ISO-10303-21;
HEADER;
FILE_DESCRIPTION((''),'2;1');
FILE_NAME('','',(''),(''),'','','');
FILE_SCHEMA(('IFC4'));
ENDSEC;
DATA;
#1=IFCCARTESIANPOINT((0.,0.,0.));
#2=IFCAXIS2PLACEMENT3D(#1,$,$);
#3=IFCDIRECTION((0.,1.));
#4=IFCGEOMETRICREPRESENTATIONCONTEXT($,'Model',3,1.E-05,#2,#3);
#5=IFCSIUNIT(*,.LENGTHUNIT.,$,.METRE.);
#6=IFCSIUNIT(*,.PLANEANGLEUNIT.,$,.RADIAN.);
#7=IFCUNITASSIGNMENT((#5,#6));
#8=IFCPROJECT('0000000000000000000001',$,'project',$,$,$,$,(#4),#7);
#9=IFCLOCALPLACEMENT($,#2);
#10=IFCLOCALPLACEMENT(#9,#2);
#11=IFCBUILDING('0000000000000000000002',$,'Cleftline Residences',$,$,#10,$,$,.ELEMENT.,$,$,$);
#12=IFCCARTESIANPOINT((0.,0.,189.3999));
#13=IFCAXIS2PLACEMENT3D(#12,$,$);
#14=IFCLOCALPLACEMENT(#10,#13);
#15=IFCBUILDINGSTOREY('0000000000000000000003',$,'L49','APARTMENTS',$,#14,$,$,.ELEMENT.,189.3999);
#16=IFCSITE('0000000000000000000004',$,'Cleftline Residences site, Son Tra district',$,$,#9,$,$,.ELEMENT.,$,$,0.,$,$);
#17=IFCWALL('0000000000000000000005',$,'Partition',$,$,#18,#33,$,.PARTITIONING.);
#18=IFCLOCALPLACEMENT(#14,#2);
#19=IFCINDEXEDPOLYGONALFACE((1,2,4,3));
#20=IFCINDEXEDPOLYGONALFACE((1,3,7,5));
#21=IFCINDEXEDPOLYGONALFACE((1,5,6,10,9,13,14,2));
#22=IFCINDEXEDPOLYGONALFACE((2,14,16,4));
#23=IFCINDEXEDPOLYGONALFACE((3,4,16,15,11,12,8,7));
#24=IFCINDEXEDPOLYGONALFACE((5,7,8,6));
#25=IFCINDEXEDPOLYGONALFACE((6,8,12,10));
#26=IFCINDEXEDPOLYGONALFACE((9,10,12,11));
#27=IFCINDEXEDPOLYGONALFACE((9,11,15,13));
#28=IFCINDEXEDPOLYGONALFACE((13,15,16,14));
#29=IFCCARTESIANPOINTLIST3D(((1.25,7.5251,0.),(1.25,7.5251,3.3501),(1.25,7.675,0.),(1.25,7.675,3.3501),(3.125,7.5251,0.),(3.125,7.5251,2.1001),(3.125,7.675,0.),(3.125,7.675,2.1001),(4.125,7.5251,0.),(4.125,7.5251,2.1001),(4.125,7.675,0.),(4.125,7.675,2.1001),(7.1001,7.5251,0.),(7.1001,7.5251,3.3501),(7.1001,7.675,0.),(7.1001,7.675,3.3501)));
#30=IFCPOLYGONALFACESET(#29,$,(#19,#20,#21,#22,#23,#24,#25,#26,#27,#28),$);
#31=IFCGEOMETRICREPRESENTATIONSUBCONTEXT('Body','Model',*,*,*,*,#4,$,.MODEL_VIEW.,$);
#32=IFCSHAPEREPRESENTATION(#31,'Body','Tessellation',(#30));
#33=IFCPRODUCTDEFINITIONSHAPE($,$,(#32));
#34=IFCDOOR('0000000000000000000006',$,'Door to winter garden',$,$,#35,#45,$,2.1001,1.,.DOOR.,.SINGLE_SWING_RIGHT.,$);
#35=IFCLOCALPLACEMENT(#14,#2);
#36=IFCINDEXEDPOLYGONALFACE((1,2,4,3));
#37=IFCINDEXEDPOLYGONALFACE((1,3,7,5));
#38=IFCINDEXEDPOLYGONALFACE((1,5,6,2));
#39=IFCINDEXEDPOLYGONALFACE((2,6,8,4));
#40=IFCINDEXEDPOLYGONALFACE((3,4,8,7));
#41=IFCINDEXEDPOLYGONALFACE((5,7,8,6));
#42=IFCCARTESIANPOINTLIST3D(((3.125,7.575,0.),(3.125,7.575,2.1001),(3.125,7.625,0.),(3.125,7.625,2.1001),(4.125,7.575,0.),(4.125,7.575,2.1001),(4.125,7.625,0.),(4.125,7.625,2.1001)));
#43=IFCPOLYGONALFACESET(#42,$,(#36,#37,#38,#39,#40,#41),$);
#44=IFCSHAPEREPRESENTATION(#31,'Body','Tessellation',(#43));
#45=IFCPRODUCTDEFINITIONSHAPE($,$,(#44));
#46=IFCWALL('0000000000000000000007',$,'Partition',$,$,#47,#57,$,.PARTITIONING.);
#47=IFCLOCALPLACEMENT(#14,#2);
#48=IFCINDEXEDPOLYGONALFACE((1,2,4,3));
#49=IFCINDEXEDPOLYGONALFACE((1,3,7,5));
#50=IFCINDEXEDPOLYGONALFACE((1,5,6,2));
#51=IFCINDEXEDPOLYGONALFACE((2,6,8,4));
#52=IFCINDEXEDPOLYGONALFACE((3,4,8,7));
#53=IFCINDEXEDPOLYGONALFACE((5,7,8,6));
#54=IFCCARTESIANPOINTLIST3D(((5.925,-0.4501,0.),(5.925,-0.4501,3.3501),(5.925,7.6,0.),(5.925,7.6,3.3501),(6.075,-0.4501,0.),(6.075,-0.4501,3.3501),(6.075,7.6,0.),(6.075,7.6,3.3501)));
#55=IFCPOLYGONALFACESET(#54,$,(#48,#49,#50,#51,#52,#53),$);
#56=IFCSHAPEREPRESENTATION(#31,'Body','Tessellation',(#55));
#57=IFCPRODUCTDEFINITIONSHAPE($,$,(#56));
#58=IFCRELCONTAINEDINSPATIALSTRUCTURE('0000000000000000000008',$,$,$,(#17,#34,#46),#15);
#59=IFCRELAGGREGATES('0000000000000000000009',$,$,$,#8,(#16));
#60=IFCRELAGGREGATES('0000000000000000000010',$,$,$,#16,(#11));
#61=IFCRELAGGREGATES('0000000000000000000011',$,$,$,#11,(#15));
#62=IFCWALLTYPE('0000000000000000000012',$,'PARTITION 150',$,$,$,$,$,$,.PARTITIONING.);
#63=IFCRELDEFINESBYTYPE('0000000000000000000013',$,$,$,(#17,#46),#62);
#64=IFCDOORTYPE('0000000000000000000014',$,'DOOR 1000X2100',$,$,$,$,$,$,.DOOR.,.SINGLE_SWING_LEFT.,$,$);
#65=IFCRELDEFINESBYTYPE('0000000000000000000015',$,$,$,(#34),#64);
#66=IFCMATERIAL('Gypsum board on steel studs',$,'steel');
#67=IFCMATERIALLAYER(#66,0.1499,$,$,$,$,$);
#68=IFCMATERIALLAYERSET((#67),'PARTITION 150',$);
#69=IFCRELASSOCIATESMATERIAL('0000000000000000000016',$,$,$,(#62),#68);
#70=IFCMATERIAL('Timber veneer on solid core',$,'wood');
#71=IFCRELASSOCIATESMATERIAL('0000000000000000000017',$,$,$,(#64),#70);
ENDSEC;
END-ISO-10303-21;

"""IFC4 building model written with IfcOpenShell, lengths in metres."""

from ifc_helpers import new_model, si_unit, direction, frame, frame_2d, origin, place, context, subcontext, project, spatial, rectangle, extrude, material, layer, layer_set, type_object, element, fill, save


model = new_model("IFC4")

# Units and contexts
model_context = context("Model", 3, precision=1e-05, world=origin(), true_north=direction((0.0, 1.0)))
body_context = subcontext(model_context, "Body", "Model", "MODEL_VIEW")
ifc_project = project(units=[si_unit("LENGTHUNIT", "METRE"), si_unit("PLANEANGLEUNIT", "RADIAN")], contexts=[model_context])

# Site, building, storey
site_placement = place(None, origin())
site = spatial("IfcSite", under=ifc_project, at=site_placement, Name="Cleftline Residences site, Son Tra district", CompositionType="ELEMENT", RefElevation=0.0)
building_placement = place(site_placement, origin())
building = spatial("IfcBuilding", under=site, at=building_placement, Name="Cleftline Residences", CompositionType="ELEMENT")
storey_placement = place(building_placement, frame((0.0, 0.0, 189.3999)))
storey = spatial("IfcBuildingStorey", under=building, at=storey_placement, Name="L49", Description="APARTMENTS", CompositionType="ELEMENT", Elevation=189.3999)

# Wall, opening, door
ifc_material_1 = material(Name="Gypsum board on steel studs", Category="steel")
ifc_layer_1 = layer(ifc_material_1, 0.1499)
ifc_layer_set_1 = layer_set([ifc_layer_1], Name="PARTITION 150")
wall_type_1 = type_object("IfcWallType", Name="PARTITION 150", PredefinedType="PARTITIONING", material=ifc_layer_set_1)
wall_1_placement = place(storey_placement, frame((1.25, 7.6001, 0.0), z_axis=(0.0, 0.0, 1.0), x_axis=(1.0, 0.0, 0.0)))
wall_1 = element("IfcWall", 1, at=wall_1_placement, inside=storey, type_object=wall_type_1, Name="Partition", PredefinedType="PARTITIONING", context=body_context, shape_type="SweptSolid", body=[
    extrude(rectangle(XDim=5.8501, YDim=0.1499, at=frame_2d((2.925, 0.0))), origin(), (0.0, 0.0, 1.0), 3.3501),
])
opening_1_placement = place(wall_1_placement, frame((1.875, 0.0, 0.0)))
opening_1 = element("IfcOpeningElement", 2, at=opening_1_placement, cuts=wall_1, PredefinedType="OPENING", context=body_context, shape_type="SweptSolid", body=[
    extrude(rectangle(XDim=1.0, YDim=2.1001, at=frame_2d((0.5, 1.05))), frame((0.0, 0.085, 0.0), z_axis=(0.0, -1.0, 0.0), x_axis=(1.0, 0.0, 0.0)), (0.0, 0.0, 1.0), 0.1699),
])
ifc_material_2 = material(Name="Timber veneer on solid core", Category="wood")
door_type = type_object("IfcDoorType", Name="DOOR 1000X2100", OperationType="SINGLE_SWING_LEFT", PredefinedType="DOOR", material=ifc_material_2)
door_placement = place(opening_1_placement, origin())
door = element("IfcDoor", 3, at=door_placement, inside=storey, type_object=door_type, Name="Door to winter garden", OperationType="SINGLE_SWING_RIGHT", OverallHeight=2.1001, OverallWidth=1.0, PredefinedType="DOOR", context=body_context, shape_type="SweptSolid", body=[
    extrude(rectangle(XDim=1.0, YDim=2.1001, at=frame_2d((0.5, 1.05))), frame((0.0, 0.0249, 0.0), z_axis=(0.0, -1.0, 0.0), x_axis=(1.0, 0.0, 0.0)), (0.0, 0.0, 1.0), 0.05),
])
fill(opening_1, door)

# Wall
wall_2_placement = place(storey_placement, frame((6.0, -0.45, 0.0), z_axis=(0.0, 0.0, 1.0), x_axis=(0.0, 1.0, 0.0)))
element("IfcWall", 4, at=wall_2_placement, inside=storey, type_object=wall_type_1, Name="Partition", PredefinedType="PARTITIONING", context=body_context, shape_type="SweptSolid", body=[
    extrude(rectangle(XDim=8.05, YDim=0.1499, at=frame_2d((4.0249, 0.0))), origin(), (0.0, 0.0, 1.0), 3.3501),
])

save(model, "model.ifc")
